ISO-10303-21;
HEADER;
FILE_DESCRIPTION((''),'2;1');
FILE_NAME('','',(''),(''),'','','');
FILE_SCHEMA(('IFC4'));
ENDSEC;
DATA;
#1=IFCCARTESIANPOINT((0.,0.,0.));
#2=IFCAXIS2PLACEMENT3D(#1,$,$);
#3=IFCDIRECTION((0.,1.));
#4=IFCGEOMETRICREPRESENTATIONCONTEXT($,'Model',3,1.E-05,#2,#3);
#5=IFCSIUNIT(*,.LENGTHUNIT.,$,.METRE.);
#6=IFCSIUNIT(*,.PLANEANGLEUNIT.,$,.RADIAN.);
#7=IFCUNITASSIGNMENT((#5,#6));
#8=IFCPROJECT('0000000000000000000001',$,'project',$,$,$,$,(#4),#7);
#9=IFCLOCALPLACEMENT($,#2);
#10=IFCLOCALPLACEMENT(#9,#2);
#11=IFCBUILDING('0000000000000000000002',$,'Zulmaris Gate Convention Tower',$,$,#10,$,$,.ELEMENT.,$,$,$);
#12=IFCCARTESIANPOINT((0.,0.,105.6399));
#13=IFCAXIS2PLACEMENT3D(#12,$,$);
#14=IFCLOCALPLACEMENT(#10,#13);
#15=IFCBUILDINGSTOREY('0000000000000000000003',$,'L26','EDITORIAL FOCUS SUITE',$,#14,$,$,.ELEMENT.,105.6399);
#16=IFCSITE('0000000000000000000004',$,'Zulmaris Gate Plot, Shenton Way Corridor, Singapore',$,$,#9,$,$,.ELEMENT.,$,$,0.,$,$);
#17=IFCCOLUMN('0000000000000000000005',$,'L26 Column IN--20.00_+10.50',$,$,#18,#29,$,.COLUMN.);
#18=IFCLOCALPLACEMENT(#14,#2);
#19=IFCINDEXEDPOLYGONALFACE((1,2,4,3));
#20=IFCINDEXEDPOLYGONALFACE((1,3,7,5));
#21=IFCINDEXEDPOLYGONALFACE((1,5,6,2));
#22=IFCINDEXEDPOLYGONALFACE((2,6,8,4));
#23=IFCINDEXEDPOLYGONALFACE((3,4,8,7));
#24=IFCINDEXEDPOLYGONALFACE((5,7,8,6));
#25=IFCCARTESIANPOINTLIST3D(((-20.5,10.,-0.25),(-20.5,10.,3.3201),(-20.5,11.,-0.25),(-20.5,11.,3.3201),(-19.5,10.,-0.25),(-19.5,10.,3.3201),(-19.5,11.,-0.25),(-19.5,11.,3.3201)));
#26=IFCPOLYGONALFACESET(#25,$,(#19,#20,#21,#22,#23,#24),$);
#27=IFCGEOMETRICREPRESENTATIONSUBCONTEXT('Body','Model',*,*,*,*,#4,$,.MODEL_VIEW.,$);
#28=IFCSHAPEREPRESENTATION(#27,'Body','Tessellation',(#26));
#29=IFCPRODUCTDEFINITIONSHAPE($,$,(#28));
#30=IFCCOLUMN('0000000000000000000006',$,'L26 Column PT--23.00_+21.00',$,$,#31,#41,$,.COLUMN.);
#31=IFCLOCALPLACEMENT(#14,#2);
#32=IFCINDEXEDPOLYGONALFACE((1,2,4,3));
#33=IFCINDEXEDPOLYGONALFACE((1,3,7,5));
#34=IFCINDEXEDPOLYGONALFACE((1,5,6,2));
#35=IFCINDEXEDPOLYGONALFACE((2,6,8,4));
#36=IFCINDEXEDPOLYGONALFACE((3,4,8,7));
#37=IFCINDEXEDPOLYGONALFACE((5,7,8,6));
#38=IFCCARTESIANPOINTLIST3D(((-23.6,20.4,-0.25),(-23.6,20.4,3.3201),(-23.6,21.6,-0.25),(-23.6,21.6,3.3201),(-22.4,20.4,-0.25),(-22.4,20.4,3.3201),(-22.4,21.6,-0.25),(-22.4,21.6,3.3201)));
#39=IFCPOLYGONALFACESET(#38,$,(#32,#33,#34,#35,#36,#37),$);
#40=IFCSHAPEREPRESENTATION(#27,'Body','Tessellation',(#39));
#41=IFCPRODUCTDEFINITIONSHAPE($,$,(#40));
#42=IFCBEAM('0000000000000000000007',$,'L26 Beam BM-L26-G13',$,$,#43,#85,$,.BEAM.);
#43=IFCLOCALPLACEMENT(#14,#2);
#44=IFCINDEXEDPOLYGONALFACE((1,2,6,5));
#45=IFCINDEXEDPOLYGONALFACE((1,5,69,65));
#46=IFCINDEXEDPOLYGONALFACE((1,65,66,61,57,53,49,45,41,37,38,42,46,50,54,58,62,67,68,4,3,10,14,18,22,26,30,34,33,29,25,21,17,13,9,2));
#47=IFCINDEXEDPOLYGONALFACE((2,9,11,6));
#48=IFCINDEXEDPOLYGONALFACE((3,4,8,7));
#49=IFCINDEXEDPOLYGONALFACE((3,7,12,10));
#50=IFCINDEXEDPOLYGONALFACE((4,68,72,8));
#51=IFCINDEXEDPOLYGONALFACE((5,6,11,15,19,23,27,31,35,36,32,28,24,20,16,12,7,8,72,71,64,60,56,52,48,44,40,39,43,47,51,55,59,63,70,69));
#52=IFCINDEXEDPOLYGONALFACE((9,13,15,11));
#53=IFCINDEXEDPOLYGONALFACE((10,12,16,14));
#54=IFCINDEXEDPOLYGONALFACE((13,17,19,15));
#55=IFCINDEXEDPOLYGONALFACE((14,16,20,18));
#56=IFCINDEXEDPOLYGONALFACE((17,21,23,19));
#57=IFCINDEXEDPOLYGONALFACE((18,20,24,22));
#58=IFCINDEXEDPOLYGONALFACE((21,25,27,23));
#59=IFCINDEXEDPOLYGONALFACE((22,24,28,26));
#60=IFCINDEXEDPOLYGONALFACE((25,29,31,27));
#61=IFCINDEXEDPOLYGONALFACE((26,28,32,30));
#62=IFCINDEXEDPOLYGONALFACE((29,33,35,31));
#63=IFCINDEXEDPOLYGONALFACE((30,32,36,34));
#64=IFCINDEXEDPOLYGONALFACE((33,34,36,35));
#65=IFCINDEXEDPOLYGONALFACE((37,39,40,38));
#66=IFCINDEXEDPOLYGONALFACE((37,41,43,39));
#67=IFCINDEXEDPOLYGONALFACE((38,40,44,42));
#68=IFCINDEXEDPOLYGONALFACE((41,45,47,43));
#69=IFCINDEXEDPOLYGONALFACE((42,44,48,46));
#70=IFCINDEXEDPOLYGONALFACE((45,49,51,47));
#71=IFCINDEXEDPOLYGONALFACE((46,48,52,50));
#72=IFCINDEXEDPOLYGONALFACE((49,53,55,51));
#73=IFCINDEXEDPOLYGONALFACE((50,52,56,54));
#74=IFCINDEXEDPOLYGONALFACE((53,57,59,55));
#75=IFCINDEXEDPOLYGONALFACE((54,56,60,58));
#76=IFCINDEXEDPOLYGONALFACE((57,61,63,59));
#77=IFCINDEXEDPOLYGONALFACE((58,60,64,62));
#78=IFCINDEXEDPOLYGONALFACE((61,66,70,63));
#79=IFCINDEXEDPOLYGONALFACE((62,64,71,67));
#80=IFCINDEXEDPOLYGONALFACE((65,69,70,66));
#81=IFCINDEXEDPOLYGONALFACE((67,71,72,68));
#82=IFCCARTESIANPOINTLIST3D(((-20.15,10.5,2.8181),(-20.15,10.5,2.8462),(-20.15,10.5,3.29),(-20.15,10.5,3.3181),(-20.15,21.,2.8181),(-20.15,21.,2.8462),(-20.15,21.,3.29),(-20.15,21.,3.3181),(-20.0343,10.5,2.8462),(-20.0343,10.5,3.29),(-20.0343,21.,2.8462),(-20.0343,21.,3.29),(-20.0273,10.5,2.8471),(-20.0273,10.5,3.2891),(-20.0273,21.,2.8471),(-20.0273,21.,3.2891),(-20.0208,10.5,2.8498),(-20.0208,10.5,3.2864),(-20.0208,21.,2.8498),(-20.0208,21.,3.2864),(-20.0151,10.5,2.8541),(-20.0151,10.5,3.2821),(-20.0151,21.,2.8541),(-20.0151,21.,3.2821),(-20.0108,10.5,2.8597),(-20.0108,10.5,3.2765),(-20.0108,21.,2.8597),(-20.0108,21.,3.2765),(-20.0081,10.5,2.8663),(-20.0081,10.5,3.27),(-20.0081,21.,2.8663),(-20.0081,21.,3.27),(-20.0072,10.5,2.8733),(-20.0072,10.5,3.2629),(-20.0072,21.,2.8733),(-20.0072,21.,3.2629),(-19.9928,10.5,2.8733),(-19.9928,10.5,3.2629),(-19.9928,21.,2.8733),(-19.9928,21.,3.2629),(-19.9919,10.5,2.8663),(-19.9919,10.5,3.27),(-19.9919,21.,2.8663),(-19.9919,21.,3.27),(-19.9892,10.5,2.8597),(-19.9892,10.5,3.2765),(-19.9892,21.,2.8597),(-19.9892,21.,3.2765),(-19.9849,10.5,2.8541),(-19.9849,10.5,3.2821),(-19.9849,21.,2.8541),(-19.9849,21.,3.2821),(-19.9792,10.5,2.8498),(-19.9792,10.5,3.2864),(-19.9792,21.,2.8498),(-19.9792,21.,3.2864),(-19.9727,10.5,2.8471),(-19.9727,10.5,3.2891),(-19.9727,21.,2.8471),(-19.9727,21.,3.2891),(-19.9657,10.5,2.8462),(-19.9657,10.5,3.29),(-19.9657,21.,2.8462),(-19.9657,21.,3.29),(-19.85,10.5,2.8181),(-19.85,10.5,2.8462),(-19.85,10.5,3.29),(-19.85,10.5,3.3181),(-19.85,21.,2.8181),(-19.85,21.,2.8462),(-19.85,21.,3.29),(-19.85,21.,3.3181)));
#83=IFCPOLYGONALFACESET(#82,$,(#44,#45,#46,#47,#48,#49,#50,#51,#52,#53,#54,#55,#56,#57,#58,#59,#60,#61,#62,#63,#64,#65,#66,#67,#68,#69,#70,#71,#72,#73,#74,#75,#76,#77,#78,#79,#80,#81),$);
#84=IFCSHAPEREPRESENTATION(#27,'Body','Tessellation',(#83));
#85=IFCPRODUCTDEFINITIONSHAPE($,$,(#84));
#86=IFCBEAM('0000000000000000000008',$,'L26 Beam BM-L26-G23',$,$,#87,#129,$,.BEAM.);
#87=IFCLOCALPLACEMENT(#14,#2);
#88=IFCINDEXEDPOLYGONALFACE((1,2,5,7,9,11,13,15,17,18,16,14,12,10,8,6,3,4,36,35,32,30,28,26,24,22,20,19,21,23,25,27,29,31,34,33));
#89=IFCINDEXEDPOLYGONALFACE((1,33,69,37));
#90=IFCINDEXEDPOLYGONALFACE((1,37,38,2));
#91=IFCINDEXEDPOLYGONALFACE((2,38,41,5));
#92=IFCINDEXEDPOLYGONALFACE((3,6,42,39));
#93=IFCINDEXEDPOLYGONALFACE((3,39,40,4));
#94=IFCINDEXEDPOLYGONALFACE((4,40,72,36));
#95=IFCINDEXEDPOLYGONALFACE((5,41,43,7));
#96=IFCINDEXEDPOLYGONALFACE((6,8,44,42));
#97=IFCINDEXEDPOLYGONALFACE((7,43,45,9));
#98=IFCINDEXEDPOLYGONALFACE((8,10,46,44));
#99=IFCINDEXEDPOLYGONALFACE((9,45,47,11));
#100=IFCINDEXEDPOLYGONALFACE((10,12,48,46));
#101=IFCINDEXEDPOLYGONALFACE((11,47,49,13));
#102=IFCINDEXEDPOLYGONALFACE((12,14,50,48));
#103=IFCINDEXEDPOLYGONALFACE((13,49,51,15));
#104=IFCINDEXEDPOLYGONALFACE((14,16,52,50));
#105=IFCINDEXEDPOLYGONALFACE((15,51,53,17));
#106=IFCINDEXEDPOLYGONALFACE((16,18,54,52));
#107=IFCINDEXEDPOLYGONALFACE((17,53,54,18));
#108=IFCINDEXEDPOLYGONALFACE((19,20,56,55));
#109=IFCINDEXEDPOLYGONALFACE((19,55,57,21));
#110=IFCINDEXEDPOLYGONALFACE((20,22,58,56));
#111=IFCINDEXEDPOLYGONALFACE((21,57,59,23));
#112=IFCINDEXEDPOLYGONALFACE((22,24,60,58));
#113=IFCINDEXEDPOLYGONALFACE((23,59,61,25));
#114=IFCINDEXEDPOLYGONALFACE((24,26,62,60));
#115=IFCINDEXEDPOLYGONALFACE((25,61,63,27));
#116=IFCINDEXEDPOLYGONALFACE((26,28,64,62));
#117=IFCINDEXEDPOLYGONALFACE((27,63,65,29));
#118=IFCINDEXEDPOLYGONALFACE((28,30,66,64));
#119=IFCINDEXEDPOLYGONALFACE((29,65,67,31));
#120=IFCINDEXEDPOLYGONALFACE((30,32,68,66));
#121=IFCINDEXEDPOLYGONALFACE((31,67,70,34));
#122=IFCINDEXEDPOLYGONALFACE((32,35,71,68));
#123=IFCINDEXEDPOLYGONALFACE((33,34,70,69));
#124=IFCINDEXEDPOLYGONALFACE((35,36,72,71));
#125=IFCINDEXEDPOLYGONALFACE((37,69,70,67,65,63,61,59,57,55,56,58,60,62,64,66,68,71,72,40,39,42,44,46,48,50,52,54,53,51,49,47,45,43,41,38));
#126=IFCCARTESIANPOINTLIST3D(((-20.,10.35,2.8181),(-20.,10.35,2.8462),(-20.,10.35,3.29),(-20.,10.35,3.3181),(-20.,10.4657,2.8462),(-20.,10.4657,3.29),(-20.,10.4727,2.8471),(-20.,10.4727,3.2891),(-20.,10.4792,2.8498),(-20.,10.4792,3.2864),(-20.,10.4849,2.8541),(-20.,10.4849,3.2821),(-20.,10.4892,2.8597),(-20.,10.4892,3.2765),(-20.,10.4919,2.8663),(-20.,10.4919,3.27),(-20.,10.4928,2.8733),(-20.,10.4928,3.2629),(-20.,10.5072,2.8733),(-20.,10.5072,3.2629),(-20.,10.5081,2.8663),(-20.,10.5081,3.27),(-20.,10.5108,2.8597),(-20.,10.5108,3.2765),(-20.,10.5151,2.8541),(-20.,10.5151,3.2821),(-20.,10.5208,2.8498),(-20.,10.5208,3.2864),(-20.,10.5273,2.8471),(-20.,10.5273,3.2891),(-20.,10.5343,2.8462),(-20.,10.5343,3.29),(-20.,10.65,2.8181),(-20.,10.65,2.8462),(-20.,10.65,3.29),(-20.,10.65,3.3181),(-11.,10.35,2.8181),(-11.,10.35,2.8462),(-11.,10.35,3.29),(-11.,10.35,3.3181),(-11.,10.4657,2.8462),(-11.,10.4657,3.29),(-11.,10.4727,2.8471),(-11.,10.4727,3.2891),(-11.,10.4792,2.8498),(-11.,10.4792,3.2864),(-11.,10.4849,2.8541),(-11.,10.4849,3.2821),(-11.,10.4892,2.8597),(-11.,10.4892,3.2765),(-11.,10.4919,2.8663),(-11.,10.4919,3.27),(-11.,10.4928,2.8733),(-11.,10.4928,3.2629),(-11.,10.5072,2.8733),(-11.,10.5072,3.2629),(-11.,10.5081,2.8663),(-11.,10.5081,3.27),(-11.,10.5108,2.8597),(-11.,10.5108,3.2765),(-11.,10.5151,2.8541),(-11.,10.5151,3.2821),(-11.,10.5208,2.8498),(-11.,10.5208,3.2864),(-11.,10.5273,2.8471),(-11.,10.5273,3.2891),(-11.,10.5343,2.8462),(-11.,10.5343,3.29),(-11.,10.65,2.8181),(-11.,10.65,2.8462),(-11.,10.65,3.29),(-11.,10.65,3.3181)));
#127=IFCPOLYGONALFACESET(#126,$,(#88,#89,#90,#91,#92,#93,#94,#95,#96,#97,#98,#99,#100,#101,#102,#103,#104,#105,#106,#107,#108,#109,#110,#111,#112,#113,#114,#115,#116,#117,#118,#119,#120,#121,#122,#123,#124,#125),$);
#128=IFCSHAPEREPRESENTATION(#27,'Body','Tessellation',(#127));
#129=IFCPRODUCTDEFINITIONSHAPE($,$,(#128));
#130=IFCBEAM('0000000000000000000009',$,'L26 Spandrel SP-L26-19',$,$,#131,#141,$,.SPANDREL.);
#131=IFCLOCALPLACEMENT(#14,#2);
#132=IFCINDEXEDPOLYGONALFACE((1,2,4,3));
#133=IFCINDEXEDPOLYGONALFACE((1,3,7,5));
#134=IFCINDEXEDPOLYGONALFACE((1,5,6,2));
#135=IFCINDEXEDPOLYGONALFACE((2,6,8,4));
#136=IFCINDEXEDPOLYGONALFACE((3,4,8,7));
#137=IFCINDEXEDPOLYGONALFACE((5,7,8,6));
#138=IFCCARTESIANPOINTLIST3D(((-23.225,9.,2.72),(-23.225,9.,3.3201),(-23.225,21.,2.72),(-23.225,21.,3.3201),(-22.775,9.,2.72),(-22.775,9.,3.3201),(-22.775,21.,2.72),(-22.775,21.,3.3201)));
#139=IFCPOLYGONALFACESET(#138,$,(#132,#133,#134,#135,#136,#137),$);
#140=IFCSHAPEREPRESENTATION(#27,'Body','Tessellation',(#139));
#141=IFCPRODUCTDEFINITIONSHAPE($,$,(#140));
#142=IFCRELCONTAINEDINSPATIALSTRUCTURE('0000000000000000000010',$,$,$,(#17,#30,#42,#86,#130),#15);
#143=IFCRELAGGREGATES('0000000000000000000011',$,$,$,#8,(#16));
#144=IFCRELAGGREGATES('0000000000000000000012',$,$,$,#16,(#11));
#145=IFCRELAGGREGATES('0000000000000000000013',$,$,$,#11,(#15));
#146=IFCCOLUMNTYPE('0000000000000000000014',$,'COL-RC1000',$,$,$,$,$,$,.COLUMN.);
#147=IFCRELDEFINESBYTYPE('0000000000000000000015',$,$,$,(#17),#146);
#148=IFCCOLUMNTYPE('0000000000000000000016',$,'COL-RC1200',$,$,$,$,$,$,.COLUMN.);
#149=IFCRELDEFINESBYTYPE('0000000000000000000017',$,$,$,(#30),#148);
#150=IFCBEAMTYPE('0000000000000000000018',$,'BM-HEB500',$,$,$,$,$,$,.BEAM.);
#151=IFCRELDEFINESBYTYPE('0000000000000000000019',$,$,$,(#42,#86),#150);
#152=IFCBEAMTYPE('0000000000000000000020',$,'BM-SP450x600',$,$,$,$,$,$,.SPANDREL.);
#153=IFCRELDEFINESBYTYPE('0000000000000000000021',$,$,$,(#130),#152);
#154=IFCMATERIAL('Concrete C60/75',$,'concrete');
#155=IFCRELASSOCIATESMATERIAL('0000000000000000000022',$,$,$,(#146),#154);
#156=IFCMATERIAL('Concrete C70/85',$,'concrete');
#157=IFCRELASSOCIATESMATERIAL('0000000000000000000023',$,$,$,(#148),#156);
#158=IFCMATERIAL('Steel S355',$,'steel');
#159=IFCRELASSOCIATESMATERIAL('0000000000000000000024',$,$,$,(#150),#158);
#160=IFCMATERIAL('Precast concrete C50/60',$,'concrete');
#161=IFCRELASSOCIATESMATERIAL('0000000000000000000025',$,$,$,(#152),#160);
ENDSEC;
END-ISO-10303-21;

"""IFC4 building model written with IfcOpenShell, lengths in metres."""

from ifc_helpers import new_model, si_unit, direction, frame, origin, origin_2d, place, context, subcontext, project, spatial, rectangle, i_section, extrude, material, material_profile, profile_set, type_object, element, save


model = new_model("IFC4")

# Units and contexts
model_context = context("Model", 3, precision=1e-05, world=origin(), true_north=direction((0.0, 1.0)))
body_context = subcontext(model_context, "Body", "Model", "MODEL_VIEW")
ifc_project = project(units=[si_unit("LENGTHUNIT", "METRE"), si_unit("PLANEANGLEUNIT", "RADIAN")], contexts=[model_context])

# Site, building, storey
site_placement = place(None, origin())
site = spatial("IfcSite", under=ifc_project, at=site_placement, Name="Zulmaris Gate Plot, Shenton Way Corridor, Singapore", CompositionType="ELEMENT", RefElevation=0.0)
building_placement = place(site_placement, origin())
building = spatial("IfcBuilding", under=site, at=building_placement, Name="Zulmaris Gate Convention Tower", CompositionType="ELEMENT")
storey_placement = place(building_placement, frame((0.0, 0.0, 105.6399)))
storey = spatial("IfcBuildingStorey", under=building, at=storey_placement, Name="L26", Description="EDITORIAL FOCUS SUITE", CompositionType="ELEMENT", Elevation=105.6399)

# Columns
ifc_material_1 = material(Name="Concrete C60/75", Category="concrete")
ifc_material_profile_1 = material_profile(ifc_material_1, rectangle(XDim=1.0, YDim=1.0, at=origin_2d()), Name="RC COL 1000x1000")
ifc_profile_set_1 = profile_set([ifc_material_profile_1], Name="Concrete C60/75")
column_type_1 = type_object("IfcColumnType", Name="COL-RC1000", PredefinedType="COLUMN", material=ifc_profile_set_1)
column_1_placement = place(storey_placement, frame((-20.0, 10.5, -0.25), z_axis=(0.0, 0.0, 1.0), x_axis=(1.0, 0.0, 0.0)))
element("IfcColumn", 1, at=column_1_placement, inside=storey, type_object=column_type_1, Name="L26 Column IN--20.00_+10.50", PredefinedType="COLUMN", context=body_context, shape_type="SweptSolid", body=[
    extrude(rectangle(XDim=1.0, YDim=1.0, at=origin_2d()), origin(), (0.0, 0.0, 1.0), 3.5701),
])
ifc_material_2 = material(Name="Concrete C70/85", Category="concrete")
ifc_material_profile_2 = material_profile(ifc_material_2, rectangle(XDim=1.2, YDim=1.2, at=origin_2d()), Name="RC COL 1200x1200")
ifc_profile_set_2 = profile_set([ifc_material_profile_2], Name="Concrete C70/85")
column_type_2 = type_object("IfcColumnType", Name="COL-RC1200", PredefinedType="COLUMN", material=ifc_profile_set_2)
column_2_placement = place(storey_placement, frame((-23.0, 21.0, -0.25), z_axis=(0.0, 0.0, 1.0), x_axis=(1.0, 0.0, 0.0)))
element("IfcColumn", 2, at=column_2_placement, inside=storey, type_object=column_type_2, Name="L26 Column PT--23.00_+21.00", PredefinedType="COLUMN", context=body_context, shape_type="SweptSolid", body=[
    extrude(rectangle(XDim=1.2, YDim=1.2, at=origin_2d()), origin(), (0.0, 0.0, 1.0), 3.5701),
])

# Beams
ifc_material_3 = material(Name="Steel S355", Category="steel")
ifc_material_profile_3 = material_profile(ifc_material_3, i_section(OverallWidth=0.3, OverallDepth=0.5, WebThickness=0.0144, FlangeThickness=0.0281, FilletRadius=0.0271, at=origin_2d()), Name="HEB 500")
ifc_profile_set_3 = profile_set([ifc_material_profile_3], Name="Steel S355")
beam_type_1 = type_object("IfcBeamType", Name="BM-HEB500", PredefinedType="BEAM", material=ifc_profile_set_3)
beam_1_placement = place(storey_placement, frame((-20.0, 10.5, 3.0681), z_axis=(0.0, 1.0, 0.0), x_axis=(-1.0, 0.0, 0.0)))
element("IfcBeam", 3, at=beam_1_placement, inside=storey, type_object=beam_type_1, Name="L26 Beam BM-L26-G13", PredefinedType="BEAM", context=body_context, shape_type="SweptSolid", body=[
    extrude(i_section(OverallWidth=0.3, OverallDepth=0.5, WebThickness=0.0144, FlangeThickness=0.0281, FilletRadius=0.0271, at=origin_2d()), origin(), (0.0, 0.0, 1.0), 10.5),
])
beam_2_placement = place(storey_placement, frame((-20.0, 10.5, 3.0681), z_axis=(1.0, 0.0, 0.0), x_axis=(0.0, 1.0, 0.0)))
element("IfcBeam", 4, at=beam_2_placement, inside=storey, type_object=beam_type_1, Name="L26 Beam BM-L26-G23", PredefinedType="BEAM", context=body_context, shape_type="SweptSolid", body=[
    extrude(i_section(OverallWidth=0.3, OverallDepth=0.5, WebThickness=0.0144, FlangeThickness=0.0281, FilletRadius=0.0271, at=origin_2d()), origin(), (0.0, 0.0, 1.0), 9.0),
])
ifc_material_4 = material(Name="Precast concrete C50/60", Category="concrete")
ifc_material_profile_4 = material_profile(ifc_material_4, rectangle(XDim=0.45, YDim=0.6001, at=origin_2d()), Name="RC SPANDREL 450x600")
ifc_profile_set_4 = profile_set([ifc_material_profile_4], Name="Precast concrete C50/60")
beam_type_2 = type_object("IfcBeamType", Name="BM-SP450x600", PredefinedType="SPANDREL", material=ifc_profile_set_4)
beam_3_placement = place(storey_placement, frame((-23.0, 21.0, 3.02), z_axis=(0.0, -1.0, 0.0), x_axis=(1.0, 0.0, 0.0)))
element("IfcBeam", 5, at=beam_3_placement, inside=storey, type_object=beam_type_2, Name="L26 Spandrel SP-L26-19", PredefinedType="SPANDREL", context=body_context, shape_type="SweptSolid", body=[
    extrude(rectangle(XDim=0.45, YDim=0.6001, at=origin_2d()), origin(), (0.0, 0.0, 1.0), 12.0),
])

save(model, "model.ifc")
